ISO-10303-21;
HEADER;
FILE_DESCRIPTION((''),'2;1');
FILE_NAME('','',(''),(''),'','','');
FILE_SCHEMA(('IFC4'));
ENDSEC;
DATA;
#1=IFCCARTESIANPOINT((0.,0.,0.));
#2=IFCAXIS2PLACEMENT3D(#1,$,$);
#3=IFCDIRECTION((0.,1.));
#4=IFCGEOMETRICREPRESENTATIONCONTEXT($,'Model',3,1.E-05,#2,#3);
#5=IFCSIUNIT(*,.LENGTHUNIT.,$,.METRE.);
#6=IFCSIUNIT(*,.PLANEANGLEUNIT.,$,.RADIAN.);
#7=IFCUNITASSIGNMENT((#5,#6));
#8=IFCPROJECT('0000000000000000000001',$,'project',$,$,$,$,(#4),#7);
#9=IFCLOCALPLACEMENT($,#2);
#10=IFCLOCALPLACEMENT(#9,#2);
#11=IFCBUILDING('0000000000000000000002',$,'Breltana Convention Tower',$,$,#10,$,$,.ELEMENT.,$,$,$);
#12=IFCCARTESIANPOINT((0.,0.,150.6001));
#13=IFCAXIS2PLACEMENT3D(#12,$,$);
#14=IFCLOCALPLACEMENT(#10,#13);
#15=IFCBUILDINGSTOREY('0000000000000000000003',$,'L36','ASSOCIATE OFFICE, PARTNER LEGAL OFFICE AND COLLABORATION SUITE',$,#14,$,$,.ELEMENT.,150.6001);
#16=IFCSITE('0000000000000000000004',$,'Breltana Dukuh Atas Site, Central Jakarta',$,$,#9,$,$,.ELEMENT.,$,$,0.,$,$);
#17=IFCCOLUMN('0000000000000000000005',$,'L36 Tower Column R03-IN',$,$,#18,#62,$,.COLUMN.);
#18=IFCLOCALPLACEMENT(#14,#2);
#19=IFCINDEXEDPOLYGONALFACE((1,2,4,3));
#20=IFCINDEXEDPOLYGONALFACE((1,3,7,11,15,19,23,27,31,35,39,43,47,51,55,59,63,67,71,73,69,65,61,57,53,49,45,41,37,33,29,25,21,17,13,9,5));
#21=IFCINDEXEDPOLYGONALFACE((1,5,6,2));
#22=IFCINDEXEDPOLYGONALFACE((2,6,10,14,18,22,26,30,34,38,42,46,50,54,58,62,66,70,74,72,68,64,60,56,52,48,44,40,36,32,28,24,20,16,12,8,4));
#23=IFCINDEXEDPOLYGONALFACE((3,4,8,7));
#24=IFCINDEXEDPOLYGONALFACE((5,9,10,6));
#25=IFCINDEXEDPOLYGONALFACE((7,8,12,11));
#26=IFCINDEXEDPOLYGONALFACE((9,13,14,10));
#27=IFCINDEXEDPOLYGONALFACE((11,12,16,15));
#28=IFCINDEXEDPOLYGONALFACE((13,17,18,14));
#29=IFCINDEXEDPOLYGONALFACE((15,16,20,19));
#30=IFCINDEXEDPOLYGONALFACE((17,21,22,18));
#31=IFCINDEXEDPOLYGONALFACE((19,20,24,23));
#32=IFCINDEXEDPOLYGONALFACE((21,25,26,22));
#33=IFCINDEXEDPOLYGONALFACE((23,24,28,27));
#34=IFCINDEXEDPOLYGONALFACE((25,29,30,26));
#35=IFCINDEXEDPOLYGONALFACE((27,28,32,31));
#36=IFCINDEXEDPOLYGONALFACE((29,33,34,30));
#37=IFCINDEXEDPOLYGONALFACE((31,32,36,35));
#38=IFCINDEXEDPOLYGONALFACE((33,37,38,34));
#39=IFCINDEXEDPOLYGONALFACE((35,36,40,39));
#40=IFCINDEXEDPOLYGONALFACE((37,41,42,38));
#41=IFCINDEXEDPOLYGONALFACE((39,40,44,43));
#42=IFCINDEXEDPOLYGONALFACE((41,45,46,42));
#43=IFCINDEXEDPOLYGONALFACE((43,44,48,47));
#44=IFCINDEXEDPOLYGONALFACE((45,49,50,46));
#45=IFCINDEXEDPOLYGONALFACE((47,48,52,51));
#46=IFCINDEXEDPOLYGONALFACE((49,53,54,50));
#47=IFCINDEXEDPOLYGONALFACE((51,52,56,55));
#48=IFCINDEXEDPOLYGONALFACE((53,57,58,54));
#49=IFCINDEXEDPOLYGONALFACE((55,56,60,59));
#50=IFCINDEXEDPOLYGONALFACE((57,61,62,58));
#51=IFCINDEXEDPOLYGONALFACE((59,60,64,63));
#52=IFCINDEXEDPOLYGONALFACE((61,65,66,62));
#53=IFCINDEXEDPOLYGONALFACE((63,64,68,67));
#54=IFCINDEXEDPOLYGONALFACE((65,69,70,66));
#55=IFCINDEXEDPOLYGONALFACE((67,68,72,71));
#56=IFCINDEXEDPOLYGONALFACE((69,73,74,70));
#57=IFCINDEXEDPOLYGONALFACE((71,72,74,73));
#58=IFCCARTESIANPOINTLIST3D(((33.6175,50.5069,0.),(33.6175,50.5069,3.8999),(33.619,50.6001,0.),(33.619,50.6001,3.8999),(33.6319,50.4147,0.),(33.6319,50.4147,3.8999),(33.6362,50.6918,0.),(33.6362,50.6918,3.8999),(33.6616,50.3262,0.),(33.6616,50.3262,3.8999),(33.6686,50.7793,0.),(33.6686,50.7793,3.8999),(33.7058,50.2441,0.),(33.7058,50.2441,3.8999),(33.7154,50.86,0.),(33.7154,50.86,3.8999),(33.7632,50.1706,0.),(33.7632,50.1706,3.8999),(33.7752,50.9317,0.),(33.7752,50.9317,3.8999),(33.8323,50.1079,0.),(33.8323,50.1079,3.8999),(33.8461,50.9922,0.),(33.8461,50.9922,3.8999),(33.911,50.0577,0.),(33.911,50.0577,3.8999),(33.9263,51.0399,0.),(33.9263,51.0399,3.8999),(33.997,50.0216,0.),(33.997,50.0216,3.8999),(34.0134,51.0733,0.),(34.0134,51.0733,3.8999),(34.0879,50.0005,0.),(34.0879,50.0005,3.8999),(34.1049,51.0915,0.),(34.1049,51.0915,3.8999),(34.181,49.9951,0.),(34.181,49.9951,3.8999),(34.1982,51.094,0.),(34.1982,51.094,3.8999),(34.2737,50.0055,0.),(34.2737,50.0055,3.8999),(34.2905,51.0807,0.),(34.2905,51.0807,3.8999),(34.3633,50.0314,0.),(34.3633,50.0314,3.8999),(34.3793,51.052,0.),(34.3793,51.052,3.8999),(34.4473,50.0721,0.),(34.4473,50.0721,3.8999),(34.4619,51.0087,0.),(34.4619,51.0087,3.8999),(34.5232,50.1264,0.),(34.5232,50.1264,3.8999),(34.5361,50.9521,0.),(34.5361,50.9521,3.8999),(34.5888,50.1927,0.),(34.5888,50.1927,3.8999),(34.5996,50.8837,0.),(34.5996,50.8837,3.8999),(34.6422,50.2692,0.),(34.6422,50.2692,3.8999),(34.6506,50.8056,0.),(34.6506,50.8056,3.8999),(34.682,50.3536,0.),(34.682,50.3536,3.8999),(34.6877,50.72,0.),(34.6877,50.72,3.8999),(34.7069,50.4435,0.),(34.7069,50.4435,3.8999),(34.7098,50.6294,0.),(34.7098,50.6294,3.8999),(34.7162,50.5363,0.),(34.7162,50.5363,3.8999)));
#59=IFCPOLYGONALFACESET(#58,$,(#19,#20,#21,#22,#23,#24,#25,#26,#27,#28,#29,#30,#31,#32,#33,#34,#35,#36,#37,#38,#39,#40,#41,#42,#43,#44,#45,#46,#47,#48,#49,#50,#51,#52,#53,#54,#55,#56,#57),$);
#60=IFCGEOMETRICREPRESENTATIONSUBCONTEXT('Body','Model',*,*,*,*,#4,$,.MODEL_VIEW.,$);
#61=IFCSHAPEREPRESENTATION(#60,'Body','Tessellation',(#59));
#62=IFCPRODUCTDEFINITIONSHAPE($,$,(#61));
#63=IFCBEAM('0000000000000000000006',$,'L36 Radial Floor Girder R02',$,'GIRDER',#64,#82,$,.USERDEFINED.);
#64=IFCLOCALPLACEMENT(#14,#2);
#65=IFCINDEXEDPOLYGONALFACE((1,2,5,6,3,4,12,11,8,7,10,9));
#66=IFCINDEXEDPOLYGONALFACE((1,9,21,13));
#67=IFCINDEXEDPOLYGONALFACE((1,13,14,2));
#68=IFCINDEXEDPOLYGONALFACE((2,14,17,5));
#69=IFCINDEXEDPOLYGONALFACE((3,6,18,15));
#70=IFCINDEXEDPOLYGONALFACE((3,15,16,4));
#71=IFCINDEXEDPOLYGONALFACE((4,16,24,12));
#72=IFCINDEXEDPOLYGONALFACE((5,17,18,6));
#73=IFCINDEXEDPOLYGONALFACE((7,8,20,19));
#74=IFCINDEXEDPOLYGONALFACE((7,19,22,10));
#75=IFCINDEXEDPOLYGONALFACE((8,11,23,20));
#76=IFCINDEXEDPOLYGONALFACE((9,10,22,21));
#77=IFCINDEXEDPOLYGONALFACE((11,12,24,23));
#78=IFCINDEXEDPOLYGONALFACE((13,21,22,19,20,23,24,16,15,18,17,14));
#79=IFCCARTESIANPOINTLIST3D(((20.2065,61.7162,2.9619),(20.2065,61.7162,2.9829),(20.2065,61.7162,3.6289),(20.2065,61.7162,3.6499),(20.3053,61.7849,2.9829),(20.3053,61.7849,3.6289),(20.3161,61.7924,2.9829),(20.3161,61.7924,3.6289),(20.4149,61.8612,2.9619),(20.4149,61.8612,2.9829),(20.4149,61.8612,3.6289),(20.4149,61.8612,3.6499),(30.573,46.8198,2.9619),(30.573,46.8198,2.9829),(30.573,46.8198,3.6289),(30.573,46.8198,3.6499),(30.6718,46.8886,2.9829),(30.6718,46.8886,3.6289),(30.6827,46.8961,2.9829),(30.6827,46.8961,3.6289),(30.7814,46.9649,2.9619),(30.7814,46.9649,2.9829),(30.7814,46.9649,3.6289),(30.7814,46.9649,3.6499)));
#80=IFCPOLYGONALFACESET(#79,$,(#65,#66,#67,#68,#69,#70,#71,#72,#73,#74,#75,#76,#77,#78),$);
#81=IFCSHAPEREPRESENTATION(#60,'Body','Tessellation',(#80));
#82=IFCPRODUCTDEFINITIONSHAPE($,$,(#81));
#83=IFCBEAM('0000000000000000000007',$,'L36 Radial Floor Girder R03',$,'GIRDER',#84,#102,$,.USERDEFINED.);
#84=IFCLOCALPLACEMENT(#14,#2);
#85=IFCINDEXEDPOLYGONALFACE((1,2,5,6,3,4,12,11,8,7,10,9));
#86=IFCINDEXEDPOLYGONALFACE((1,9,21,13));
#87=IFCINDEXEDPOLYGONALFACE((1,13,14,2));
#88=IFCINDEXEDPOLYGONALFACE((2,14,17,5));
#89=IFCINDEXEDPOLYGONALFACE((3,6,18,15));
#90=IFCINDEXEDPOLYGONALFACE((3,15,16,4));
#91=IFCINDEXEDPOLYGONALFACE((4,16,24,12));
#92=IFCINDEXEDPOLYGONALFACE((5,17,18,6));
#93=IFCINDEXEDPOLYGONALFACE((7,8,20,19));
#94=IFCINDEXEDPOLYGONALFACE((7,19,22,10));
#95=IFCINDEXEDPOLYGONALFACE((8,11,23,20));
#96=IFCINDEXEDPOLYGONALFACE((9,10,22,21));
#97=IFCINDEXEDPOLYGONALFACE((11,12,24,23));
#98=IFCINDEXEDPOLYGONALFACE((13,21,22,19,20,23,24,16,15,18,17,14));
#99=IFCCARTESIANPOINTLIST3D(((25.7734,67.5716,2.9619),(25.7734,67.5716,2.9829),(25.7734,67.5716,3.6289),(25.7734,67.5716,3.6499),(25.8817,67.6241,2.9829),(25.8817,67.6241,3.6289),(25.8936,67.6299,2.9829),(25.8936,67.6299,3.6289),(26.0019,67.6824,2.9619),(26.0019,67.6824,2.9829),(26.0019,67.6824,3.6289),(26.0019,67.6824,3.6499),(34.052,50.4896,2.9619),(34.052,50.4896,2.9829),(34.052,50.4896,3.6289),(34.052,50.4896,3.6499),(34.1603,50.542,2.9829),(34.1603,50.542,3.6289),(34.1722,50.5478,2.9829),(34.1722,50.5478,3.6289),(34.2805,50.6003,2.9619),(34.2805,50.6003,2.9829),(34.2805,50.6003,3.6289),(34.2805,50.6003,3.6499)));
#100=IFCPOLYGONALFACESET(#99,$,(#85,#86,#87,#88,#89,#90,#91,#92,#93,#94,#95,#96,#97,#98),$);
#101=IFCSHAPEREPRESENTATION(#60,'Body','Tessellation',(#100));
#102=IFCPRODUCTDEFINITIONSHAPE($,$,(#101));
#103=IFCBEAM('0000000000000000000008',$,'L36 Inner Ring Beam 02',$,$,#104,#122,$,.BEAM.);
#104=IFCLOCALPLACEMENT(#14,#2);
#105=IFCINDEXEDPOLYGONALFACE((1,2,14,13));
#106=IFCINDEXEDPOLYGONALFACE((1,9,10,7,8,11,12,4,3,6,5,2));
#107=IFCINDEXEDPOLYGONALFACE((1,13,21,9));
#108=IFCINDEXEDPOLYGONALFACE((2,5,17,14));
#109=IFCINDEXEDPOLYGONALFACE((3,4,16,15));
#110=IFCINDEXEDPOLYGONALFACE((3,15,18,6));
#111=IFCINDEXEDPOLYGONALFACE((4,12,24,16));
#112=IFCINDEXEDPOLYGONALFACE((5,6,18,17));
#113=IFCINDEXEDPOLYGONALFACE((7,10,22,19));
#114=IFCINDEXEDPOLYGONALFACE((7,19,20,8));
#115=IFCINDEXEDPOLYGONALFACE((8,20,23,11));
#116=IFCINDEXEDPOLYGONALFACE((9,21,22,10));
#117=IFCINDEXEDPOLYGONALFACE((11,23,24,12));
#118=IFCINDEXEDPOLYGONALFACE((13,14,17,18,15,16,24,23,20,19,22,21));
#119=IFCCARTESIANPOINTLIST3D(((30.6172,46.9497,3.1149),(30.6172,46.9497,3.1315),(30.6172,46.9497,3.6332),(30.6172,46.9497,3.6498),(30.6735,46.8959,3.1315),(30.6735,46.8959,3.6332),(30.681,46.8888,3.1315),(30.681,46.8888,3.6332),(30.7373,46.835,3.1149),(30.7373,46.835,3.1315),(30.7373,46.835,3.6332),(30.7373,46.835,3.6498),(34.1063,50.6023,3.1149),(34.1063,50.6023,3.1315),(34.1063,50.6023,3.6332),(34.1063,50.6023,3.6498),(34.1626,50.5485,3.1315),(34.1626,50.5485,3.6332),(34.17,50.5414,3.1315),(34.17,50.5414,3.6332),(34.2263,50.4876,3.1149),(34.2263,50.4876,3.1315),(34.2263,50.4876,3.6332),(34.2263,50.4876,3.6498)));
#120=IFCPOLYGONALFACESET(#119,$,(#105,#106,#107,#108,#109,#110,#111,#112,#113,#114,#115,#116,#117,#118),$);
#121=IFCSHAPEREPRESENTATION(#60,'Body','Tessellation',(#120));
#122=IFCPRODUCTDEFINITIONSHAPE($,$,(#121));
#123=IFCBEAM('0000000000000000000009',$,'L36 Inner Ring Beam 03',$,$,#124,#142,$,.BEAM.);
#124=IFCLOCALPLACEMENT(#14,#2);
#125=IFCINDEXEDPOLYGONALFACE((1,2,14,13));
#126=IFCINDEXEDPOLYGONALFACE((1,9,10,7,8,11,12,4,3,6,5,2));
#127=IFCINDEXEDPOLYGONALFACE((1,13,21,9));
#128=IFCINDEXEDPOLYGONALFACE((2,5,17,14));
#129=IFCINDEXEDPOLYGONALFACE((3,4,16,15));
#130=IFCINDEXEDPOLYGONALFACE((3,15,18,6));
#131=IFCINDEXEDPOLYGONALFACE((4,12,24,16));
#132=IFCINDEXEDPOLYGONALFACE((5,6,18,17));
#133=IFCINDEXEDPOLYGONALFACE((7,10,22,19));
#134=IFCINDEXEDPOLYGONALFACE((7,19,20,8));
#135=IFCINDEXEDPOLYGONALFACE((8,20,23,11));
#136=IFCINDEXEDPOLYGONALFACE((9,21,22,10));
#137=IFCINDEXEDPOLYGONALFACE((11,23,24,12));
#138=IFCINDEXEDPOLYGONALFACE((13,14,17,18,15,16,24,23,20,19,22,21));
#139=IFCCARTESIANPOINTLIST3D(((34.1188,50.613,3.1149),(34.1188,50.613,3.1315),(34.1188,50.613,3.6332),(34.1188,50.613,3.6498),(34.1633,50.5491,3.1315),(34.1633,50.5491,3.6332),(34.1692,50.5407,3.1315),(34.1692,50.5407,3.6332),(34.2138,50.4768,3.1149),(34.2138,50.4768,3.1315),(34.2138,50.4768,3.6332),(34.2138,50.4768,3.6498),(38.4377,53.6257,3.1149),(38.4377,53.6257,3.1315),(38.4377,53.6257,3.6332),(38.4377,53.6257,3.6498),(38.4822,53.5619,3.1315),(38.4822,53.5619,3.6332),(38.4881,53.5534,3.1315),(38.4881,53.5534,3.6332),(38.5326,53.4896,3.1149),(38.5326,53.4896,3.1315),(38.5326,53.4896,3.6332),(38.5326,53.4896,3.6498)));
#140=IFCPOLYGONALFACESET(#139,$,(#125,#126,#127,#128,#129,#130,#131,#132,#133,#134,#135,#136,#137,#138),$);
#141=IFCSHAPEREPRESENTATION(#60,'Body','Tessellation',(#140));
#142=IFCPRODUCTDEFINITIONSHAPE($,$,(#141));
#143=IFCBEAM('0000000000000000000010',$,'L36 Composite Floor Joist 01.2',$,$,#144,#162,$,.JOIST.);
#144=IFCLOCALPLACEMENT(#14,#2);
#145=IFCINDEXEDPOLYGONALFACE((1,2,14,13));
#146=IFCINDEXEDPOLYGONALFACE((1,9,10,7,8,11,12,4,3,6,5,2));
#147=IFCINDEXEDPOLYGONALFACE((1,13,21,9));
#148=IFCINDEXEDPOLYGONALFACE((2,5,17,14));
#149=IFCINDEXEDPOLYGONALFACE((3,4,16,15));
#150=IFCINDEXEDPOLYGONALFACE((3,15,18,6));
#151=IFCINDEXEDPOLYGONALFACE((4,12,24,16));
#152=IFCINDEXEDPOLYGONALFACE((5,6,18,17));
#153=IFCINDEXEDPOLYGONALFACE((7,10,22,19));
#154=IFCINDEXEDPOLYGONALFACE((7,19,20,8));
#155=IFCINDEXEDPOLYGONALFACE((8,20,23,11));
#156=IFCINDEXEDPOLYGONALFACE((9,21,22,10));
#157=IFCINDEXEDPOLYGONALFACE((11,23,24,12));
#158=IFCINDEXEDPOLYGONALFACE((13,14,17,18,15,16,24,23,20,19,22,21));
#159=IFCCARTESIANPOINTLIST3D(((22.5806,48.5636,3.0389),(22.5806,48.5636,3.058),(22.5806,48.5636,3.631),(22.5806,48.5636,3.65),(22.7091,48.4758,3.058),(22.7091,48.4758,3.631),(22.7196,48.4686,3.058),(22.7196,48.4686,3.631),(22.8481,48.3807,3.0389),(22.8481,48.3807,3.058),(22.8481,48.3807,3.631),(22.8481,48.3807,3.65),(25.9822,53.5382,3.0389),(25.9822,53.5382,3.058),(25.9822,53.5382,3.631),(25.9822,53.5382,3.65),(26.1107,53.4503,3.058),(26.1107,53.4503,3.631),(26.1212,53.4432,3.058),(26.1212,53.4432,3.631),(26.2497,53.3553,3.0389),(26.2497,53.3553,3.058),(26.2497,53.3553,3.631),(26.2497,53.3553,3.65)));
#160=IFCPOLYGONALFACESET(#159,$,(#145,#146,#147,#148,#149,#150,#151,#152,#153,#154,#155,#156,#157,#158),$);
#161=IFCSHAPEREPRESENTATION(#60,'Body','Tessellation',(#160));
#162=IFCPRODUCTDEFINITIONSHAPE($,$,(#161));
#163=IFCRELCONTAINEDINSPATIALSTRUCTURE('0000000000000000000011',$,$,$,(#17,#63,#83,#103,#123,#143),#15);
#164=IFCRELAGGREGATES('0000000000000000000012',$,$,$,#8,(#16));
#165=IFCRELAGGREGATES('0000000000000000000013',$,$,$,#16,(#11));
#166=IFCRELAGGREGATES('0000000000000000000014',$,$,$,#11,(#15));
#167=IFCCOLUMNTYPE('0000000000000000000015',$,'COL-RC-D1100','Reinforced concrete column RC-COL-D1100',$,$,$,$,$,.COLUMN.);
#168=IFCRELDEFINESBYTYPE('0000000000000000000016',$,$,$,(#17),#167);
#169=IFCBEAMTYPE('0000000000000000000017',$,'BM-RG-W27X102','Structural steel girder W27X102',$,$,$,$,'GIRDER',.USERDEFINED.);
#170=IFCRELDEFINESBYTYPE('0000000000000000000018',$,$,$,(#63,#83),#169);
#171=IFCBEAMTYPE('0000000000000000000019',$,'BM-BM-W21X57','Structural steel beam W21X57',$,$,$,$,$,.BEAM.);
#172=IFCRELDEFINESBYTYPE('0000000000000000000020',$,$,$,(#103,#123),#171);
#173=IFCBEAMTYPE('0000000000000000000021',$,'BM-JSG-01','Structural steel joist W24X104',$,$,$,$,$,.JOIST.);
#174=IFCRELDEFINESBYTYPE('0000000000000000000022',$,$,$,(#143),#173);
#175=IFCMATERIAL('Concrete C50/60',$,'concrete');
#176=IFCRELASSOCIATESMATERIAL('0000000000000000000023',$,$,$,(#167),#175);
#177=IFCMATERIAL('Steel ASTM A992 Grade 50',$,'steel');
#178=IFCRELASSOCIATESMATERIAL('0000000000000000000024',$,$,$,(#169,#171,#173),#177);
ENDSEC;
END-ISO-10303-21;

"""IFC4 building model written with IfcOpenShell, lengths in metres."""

from ifc_helpers import new_model, si_unit, direction, frame, origin, origin_2d, place, context, subcontext, project, spatial, circle, i_section, extrude, source, transform, mapped, material, material_profile, profile_set, type_object, element, save


model = new_model("IFC4")

# Units and contexts
model_context = context("Model", 3, precision=1e-05, world=origin(), true_north=direction((0.0, 1.0)))
body_context = subcontext(model_context, "Body", "Model", "MODEL_VIEW")
ifc_project = project(units=[si_unit("LENGTHUNIT", "METRE"), si_unit("PLANEANGLEUNIT", "RADIAN")], contexts=[model_context])

# Site, building, storey
site_placement = place(None, origin())
site = spatial("IfcSite", under=ifc_project, at=site_placement, Name="Breltana Dukuh Atas Site, Central Jakarta", CompositionType="ELEMENT", RefElevation=0.0)
building_placement = place(site_placement, origin())
building = spatial("IfcBuilding", under=site, at=building_placement, Name="Breltana Convention Tower", CompositionType="ELEMENT")
storey_placement = place(building_placement, frame((0.0, 0.0, 150.6001)))
storey = spatial("IfcBuildingStorey", under=building, at=storey_placement, Name="L36", Description="ASSOCIATE OFFICE, PARTNER LEGAL OFFICE AND COLLABORATION SUITE", CompositionType="ELEMENT", Elevation=150.6001)

# Column
ifc_material_1 = material(Name="Concrete C50/60", Category="concrete")
ifc_material_profile_1 = material_profile(ifc_material_1, circle(Radius=0.55, at=origin_2d()), Name="RC-COL-D1100")
ifc_profile_set_1 = profile_set([ifc_material_profile_1], Name="Concrete C50/60")
column_type = type_object("IfcColumnType", Name="COL-RC-D1100", Description="Reinforced concrete column RC-COL-D1100", PredefinedType="COLUMN", material=ifc_profile_set_1)
shared_shape_1 = source(origin(), body_context, "Body", "SweptSolid", [
    extrude(circle(Radius=0.55, at=origin_2d()), origin(), (0.0, 0.0, 1.0), 3.8999),
])
for number, where, z_axis, x_axis, name in (
    (1, (34.1663, 50.5449, 0.0), (0.0, 0.0, 1.0), (-0.436174, 0.899863, 0.0), "L36 Tower Column R03-IN"),
):
    element("IfcColumn", number, at=place(storey_placement, frame(where, z_axis=z_axis, x_axis=x_axis)), inside=storey, type_object=column_type, Name=name, PredefinedType="COLUMN", context=body_context, shape_type="MappedRepresentation", body=[
        mapped(shared_shape_1, transform((0.0, 0.0, 0.0), scale=1.0)),
    ])

# Beams
ifc_material_2 = material(Name="Steel ASTM A992 Grade 50", Category="steel")
ifc_material_profile_2 = material_profile(ifc_material_2, i_section(OverallWidth=0.2539, OverallDepth=0.688, WebThickness=0.0132, FlangeThickness=0.021, at=origin_2d()), Name="W27X102")
ifc_profile_set_2 = profile_set([ifc_material_profile_2], Name="Steel ASTM A992 Grade 50")
beam_type_1 = type_object("IfcBeamType", Name="BM-RG-W27X102", Description="Structural steel girder W27X102", ElementType="GIRDER", PredefinedType="USERDEFINED", material=ifc_profile_set_2)
shared_shape_2 = source(origin(), body_context, "Body", "SweptSolid", [
    extrude(i_section(OverallWidth=0.2539, OverallDepth=0.688, WebThickness=0.0132, FlangeThickness=0.021, at=origin_2d()), origin(), (0.0, 0.0, 1.0), 18.1484),
])
beam_1_placement = place(storey_placement, frame((30.6772, 46.8923, 3.3059), z_axis=(-0.571208, 0.820806, 0.0), x_axis=(-0.820806, -0.571208, 0.0)))
element("IfcBeam", 2, at=beam_1_placement, inside=storey, type_object=beam_type_1, Name="L36 Radial Floor Girder R02", ObjectType="GIRDER", PredefinedType="USERDEFINED", context=body_context, shape_type="MappedRepresentation", body=[
    mapped(shared_shape_2, transform((0.0, 0.0, 0.0), scale=1.0)),
])
shared_shape_3 = source(origin(), body_context, "Body", "SweptSolid", [
    extrude(i_section(OverallWidth=0.2539, OverallDepth=0.688, WebThickness=0.0132, FlangeThickness=0.021, at=origin_2d()), origin(), (0.0, 0.0, 1.0), 18.9824),
])
beam_2_placement = place(storey_placement, frame((34.1663, 50.5449, 3.3059), z_axis=(-0.436119, 0.899889, 0.0), x_axis=(-0.899889, -0.436119, 0.0)))
element("IfcBeam", 3, at=beam_2_placement, inside=storey, type_object=beam_type_1, Name="L36 Radial Floor Girder R03", ObjectType="GIRDER", PredefinedType="USERDEFINED", context=body_context, shape_type="MappedRepresentation", body=[
    mapped(shared_shape_3, transform((0.0, 0.0, 0.0), scale=1.0)),
])
ifc_material_profile_3 = material_profile(ifc_material_2, i_section(OverallWidth=0.166, OverallDepth=0.5349, WebThickness=0.0103, FlangeThickness=0.0166, at=origin_2d()), Name="W21X57")
ifc_profile_set_3 = profile_set([ifc_material_profile_3], Name="Steel ASTM A992 Grade 50")
beam_type_2 = type_object("IfcBeamType", Name="BM-BM-W21X57", Description="Structural steel beam W21X57", PredefinedType="BEAM", material=ifc_profile_set_3)
shared_shape_4 = source(origin(), body_context, "Body", "SweptSolid", [
    extrude(i_section(OverallWidth=0.166, OverallDepth=0.5349, WebThickness=0.0103, FlangeThickness=0.0166, at=origin_2d()), origin(), (0.0, 0.0, 1.0), 5.0513),
])
beam_3_placement = place(storey_placement, frame((30.6772, 46.8923, 3.3823), z_axis=(0.69073, 0.723113, 0.0), x_axis=(-0.723113, 0.69073, 0.0)))
element("IfcBeam", 4, at=beam_3_placement, inside=storey, type_object=beam_type_2, Name="L36 Inner Ring Beam 02", PredefinedType="BEAM", context=body_context, shape_type="MappedRepresentation", body=[
    mapped(shared_shape_4, transform((0.0, 0.0, 0.0), scale=1.0)),
])
shared_shape_5 = source(origin(), body_context, "Body", "SweptSolid", [
    extrude(i_section(OverallWidth=0.166, OverallDepth=0.5349, WebThickness=0.0103, FlangeThickness=0.0166, at=origin_2d()), origin(), (0.0, 0.0, 1.0), 5.2659),
])
beam_4_placement = place(storey_placement, frame((34.1663, 50.5449, 3.3823), z_axis=(0.820167, 0.572124, 0.0), x_axis=(-0.572124, 0.820167, 0.0)))
element("IfcBeam", 5, at=beam_4_placement, inside=storey, type_object=beam_type_2, Name="L36 Inner Ring Beam 03", PredefinedType="BEAM", context=body_context, shape_type="MappedRepresentation", body=[
    mapped(shared_shape_5, transform((0.0, 0.0, 0.0), scale=1.0)),
])
ifc_material_profile_4 = material_profile(ifc_material_2, i_section(OverallWidth=0.324, OverallDepth=0.6111, WebThickness=0.0127, FlangeThickness=0.019, at=origin_2d()), Name="W24X104")
ifc_profile_set_4 = profile_set([ifc_material_profile_4], Name="Steel ASTM A992 Grade 50")
beam_type_3 = type_object("IfcBeamType", Name="BM-JSG-01", Description="Structural steel joist W24X104", PredefinedType="JOIST", material=ifc_profile_set_4)
shared_shape_6 = source(origin(), body_context, "Body", "SweptSolid", [
    extrude(i_section(OverallWidth=0.324, OverallDepth=0.6111, WebThickness=0.0127, FlangeThickness=0.019, at=origin_2d()), origin(), (0.0, 0.0, 1.0), 6.0264),
])
beam_5_placement = place(storey_placement, frame((22.7144, 48.4722, 3.3445), z_axis=(0.56445, 0.825467, 0.0), x_axis=(-0.825467, 0.56445, 0.0)))
element("IfcBeam", 6, at=beam_5_placement, inside=storey, type_object=beam_type_3, Name="L36 Composite Floor Joist 01.2", PredefinedType="JOIST", context=body_context, shape_type="MappedRepresentation", body=[
    mapped(shared_shape_6, transform((0.0, 0.0, 0.0), scale=1.0)),
])

save(model, "model.ifc")
